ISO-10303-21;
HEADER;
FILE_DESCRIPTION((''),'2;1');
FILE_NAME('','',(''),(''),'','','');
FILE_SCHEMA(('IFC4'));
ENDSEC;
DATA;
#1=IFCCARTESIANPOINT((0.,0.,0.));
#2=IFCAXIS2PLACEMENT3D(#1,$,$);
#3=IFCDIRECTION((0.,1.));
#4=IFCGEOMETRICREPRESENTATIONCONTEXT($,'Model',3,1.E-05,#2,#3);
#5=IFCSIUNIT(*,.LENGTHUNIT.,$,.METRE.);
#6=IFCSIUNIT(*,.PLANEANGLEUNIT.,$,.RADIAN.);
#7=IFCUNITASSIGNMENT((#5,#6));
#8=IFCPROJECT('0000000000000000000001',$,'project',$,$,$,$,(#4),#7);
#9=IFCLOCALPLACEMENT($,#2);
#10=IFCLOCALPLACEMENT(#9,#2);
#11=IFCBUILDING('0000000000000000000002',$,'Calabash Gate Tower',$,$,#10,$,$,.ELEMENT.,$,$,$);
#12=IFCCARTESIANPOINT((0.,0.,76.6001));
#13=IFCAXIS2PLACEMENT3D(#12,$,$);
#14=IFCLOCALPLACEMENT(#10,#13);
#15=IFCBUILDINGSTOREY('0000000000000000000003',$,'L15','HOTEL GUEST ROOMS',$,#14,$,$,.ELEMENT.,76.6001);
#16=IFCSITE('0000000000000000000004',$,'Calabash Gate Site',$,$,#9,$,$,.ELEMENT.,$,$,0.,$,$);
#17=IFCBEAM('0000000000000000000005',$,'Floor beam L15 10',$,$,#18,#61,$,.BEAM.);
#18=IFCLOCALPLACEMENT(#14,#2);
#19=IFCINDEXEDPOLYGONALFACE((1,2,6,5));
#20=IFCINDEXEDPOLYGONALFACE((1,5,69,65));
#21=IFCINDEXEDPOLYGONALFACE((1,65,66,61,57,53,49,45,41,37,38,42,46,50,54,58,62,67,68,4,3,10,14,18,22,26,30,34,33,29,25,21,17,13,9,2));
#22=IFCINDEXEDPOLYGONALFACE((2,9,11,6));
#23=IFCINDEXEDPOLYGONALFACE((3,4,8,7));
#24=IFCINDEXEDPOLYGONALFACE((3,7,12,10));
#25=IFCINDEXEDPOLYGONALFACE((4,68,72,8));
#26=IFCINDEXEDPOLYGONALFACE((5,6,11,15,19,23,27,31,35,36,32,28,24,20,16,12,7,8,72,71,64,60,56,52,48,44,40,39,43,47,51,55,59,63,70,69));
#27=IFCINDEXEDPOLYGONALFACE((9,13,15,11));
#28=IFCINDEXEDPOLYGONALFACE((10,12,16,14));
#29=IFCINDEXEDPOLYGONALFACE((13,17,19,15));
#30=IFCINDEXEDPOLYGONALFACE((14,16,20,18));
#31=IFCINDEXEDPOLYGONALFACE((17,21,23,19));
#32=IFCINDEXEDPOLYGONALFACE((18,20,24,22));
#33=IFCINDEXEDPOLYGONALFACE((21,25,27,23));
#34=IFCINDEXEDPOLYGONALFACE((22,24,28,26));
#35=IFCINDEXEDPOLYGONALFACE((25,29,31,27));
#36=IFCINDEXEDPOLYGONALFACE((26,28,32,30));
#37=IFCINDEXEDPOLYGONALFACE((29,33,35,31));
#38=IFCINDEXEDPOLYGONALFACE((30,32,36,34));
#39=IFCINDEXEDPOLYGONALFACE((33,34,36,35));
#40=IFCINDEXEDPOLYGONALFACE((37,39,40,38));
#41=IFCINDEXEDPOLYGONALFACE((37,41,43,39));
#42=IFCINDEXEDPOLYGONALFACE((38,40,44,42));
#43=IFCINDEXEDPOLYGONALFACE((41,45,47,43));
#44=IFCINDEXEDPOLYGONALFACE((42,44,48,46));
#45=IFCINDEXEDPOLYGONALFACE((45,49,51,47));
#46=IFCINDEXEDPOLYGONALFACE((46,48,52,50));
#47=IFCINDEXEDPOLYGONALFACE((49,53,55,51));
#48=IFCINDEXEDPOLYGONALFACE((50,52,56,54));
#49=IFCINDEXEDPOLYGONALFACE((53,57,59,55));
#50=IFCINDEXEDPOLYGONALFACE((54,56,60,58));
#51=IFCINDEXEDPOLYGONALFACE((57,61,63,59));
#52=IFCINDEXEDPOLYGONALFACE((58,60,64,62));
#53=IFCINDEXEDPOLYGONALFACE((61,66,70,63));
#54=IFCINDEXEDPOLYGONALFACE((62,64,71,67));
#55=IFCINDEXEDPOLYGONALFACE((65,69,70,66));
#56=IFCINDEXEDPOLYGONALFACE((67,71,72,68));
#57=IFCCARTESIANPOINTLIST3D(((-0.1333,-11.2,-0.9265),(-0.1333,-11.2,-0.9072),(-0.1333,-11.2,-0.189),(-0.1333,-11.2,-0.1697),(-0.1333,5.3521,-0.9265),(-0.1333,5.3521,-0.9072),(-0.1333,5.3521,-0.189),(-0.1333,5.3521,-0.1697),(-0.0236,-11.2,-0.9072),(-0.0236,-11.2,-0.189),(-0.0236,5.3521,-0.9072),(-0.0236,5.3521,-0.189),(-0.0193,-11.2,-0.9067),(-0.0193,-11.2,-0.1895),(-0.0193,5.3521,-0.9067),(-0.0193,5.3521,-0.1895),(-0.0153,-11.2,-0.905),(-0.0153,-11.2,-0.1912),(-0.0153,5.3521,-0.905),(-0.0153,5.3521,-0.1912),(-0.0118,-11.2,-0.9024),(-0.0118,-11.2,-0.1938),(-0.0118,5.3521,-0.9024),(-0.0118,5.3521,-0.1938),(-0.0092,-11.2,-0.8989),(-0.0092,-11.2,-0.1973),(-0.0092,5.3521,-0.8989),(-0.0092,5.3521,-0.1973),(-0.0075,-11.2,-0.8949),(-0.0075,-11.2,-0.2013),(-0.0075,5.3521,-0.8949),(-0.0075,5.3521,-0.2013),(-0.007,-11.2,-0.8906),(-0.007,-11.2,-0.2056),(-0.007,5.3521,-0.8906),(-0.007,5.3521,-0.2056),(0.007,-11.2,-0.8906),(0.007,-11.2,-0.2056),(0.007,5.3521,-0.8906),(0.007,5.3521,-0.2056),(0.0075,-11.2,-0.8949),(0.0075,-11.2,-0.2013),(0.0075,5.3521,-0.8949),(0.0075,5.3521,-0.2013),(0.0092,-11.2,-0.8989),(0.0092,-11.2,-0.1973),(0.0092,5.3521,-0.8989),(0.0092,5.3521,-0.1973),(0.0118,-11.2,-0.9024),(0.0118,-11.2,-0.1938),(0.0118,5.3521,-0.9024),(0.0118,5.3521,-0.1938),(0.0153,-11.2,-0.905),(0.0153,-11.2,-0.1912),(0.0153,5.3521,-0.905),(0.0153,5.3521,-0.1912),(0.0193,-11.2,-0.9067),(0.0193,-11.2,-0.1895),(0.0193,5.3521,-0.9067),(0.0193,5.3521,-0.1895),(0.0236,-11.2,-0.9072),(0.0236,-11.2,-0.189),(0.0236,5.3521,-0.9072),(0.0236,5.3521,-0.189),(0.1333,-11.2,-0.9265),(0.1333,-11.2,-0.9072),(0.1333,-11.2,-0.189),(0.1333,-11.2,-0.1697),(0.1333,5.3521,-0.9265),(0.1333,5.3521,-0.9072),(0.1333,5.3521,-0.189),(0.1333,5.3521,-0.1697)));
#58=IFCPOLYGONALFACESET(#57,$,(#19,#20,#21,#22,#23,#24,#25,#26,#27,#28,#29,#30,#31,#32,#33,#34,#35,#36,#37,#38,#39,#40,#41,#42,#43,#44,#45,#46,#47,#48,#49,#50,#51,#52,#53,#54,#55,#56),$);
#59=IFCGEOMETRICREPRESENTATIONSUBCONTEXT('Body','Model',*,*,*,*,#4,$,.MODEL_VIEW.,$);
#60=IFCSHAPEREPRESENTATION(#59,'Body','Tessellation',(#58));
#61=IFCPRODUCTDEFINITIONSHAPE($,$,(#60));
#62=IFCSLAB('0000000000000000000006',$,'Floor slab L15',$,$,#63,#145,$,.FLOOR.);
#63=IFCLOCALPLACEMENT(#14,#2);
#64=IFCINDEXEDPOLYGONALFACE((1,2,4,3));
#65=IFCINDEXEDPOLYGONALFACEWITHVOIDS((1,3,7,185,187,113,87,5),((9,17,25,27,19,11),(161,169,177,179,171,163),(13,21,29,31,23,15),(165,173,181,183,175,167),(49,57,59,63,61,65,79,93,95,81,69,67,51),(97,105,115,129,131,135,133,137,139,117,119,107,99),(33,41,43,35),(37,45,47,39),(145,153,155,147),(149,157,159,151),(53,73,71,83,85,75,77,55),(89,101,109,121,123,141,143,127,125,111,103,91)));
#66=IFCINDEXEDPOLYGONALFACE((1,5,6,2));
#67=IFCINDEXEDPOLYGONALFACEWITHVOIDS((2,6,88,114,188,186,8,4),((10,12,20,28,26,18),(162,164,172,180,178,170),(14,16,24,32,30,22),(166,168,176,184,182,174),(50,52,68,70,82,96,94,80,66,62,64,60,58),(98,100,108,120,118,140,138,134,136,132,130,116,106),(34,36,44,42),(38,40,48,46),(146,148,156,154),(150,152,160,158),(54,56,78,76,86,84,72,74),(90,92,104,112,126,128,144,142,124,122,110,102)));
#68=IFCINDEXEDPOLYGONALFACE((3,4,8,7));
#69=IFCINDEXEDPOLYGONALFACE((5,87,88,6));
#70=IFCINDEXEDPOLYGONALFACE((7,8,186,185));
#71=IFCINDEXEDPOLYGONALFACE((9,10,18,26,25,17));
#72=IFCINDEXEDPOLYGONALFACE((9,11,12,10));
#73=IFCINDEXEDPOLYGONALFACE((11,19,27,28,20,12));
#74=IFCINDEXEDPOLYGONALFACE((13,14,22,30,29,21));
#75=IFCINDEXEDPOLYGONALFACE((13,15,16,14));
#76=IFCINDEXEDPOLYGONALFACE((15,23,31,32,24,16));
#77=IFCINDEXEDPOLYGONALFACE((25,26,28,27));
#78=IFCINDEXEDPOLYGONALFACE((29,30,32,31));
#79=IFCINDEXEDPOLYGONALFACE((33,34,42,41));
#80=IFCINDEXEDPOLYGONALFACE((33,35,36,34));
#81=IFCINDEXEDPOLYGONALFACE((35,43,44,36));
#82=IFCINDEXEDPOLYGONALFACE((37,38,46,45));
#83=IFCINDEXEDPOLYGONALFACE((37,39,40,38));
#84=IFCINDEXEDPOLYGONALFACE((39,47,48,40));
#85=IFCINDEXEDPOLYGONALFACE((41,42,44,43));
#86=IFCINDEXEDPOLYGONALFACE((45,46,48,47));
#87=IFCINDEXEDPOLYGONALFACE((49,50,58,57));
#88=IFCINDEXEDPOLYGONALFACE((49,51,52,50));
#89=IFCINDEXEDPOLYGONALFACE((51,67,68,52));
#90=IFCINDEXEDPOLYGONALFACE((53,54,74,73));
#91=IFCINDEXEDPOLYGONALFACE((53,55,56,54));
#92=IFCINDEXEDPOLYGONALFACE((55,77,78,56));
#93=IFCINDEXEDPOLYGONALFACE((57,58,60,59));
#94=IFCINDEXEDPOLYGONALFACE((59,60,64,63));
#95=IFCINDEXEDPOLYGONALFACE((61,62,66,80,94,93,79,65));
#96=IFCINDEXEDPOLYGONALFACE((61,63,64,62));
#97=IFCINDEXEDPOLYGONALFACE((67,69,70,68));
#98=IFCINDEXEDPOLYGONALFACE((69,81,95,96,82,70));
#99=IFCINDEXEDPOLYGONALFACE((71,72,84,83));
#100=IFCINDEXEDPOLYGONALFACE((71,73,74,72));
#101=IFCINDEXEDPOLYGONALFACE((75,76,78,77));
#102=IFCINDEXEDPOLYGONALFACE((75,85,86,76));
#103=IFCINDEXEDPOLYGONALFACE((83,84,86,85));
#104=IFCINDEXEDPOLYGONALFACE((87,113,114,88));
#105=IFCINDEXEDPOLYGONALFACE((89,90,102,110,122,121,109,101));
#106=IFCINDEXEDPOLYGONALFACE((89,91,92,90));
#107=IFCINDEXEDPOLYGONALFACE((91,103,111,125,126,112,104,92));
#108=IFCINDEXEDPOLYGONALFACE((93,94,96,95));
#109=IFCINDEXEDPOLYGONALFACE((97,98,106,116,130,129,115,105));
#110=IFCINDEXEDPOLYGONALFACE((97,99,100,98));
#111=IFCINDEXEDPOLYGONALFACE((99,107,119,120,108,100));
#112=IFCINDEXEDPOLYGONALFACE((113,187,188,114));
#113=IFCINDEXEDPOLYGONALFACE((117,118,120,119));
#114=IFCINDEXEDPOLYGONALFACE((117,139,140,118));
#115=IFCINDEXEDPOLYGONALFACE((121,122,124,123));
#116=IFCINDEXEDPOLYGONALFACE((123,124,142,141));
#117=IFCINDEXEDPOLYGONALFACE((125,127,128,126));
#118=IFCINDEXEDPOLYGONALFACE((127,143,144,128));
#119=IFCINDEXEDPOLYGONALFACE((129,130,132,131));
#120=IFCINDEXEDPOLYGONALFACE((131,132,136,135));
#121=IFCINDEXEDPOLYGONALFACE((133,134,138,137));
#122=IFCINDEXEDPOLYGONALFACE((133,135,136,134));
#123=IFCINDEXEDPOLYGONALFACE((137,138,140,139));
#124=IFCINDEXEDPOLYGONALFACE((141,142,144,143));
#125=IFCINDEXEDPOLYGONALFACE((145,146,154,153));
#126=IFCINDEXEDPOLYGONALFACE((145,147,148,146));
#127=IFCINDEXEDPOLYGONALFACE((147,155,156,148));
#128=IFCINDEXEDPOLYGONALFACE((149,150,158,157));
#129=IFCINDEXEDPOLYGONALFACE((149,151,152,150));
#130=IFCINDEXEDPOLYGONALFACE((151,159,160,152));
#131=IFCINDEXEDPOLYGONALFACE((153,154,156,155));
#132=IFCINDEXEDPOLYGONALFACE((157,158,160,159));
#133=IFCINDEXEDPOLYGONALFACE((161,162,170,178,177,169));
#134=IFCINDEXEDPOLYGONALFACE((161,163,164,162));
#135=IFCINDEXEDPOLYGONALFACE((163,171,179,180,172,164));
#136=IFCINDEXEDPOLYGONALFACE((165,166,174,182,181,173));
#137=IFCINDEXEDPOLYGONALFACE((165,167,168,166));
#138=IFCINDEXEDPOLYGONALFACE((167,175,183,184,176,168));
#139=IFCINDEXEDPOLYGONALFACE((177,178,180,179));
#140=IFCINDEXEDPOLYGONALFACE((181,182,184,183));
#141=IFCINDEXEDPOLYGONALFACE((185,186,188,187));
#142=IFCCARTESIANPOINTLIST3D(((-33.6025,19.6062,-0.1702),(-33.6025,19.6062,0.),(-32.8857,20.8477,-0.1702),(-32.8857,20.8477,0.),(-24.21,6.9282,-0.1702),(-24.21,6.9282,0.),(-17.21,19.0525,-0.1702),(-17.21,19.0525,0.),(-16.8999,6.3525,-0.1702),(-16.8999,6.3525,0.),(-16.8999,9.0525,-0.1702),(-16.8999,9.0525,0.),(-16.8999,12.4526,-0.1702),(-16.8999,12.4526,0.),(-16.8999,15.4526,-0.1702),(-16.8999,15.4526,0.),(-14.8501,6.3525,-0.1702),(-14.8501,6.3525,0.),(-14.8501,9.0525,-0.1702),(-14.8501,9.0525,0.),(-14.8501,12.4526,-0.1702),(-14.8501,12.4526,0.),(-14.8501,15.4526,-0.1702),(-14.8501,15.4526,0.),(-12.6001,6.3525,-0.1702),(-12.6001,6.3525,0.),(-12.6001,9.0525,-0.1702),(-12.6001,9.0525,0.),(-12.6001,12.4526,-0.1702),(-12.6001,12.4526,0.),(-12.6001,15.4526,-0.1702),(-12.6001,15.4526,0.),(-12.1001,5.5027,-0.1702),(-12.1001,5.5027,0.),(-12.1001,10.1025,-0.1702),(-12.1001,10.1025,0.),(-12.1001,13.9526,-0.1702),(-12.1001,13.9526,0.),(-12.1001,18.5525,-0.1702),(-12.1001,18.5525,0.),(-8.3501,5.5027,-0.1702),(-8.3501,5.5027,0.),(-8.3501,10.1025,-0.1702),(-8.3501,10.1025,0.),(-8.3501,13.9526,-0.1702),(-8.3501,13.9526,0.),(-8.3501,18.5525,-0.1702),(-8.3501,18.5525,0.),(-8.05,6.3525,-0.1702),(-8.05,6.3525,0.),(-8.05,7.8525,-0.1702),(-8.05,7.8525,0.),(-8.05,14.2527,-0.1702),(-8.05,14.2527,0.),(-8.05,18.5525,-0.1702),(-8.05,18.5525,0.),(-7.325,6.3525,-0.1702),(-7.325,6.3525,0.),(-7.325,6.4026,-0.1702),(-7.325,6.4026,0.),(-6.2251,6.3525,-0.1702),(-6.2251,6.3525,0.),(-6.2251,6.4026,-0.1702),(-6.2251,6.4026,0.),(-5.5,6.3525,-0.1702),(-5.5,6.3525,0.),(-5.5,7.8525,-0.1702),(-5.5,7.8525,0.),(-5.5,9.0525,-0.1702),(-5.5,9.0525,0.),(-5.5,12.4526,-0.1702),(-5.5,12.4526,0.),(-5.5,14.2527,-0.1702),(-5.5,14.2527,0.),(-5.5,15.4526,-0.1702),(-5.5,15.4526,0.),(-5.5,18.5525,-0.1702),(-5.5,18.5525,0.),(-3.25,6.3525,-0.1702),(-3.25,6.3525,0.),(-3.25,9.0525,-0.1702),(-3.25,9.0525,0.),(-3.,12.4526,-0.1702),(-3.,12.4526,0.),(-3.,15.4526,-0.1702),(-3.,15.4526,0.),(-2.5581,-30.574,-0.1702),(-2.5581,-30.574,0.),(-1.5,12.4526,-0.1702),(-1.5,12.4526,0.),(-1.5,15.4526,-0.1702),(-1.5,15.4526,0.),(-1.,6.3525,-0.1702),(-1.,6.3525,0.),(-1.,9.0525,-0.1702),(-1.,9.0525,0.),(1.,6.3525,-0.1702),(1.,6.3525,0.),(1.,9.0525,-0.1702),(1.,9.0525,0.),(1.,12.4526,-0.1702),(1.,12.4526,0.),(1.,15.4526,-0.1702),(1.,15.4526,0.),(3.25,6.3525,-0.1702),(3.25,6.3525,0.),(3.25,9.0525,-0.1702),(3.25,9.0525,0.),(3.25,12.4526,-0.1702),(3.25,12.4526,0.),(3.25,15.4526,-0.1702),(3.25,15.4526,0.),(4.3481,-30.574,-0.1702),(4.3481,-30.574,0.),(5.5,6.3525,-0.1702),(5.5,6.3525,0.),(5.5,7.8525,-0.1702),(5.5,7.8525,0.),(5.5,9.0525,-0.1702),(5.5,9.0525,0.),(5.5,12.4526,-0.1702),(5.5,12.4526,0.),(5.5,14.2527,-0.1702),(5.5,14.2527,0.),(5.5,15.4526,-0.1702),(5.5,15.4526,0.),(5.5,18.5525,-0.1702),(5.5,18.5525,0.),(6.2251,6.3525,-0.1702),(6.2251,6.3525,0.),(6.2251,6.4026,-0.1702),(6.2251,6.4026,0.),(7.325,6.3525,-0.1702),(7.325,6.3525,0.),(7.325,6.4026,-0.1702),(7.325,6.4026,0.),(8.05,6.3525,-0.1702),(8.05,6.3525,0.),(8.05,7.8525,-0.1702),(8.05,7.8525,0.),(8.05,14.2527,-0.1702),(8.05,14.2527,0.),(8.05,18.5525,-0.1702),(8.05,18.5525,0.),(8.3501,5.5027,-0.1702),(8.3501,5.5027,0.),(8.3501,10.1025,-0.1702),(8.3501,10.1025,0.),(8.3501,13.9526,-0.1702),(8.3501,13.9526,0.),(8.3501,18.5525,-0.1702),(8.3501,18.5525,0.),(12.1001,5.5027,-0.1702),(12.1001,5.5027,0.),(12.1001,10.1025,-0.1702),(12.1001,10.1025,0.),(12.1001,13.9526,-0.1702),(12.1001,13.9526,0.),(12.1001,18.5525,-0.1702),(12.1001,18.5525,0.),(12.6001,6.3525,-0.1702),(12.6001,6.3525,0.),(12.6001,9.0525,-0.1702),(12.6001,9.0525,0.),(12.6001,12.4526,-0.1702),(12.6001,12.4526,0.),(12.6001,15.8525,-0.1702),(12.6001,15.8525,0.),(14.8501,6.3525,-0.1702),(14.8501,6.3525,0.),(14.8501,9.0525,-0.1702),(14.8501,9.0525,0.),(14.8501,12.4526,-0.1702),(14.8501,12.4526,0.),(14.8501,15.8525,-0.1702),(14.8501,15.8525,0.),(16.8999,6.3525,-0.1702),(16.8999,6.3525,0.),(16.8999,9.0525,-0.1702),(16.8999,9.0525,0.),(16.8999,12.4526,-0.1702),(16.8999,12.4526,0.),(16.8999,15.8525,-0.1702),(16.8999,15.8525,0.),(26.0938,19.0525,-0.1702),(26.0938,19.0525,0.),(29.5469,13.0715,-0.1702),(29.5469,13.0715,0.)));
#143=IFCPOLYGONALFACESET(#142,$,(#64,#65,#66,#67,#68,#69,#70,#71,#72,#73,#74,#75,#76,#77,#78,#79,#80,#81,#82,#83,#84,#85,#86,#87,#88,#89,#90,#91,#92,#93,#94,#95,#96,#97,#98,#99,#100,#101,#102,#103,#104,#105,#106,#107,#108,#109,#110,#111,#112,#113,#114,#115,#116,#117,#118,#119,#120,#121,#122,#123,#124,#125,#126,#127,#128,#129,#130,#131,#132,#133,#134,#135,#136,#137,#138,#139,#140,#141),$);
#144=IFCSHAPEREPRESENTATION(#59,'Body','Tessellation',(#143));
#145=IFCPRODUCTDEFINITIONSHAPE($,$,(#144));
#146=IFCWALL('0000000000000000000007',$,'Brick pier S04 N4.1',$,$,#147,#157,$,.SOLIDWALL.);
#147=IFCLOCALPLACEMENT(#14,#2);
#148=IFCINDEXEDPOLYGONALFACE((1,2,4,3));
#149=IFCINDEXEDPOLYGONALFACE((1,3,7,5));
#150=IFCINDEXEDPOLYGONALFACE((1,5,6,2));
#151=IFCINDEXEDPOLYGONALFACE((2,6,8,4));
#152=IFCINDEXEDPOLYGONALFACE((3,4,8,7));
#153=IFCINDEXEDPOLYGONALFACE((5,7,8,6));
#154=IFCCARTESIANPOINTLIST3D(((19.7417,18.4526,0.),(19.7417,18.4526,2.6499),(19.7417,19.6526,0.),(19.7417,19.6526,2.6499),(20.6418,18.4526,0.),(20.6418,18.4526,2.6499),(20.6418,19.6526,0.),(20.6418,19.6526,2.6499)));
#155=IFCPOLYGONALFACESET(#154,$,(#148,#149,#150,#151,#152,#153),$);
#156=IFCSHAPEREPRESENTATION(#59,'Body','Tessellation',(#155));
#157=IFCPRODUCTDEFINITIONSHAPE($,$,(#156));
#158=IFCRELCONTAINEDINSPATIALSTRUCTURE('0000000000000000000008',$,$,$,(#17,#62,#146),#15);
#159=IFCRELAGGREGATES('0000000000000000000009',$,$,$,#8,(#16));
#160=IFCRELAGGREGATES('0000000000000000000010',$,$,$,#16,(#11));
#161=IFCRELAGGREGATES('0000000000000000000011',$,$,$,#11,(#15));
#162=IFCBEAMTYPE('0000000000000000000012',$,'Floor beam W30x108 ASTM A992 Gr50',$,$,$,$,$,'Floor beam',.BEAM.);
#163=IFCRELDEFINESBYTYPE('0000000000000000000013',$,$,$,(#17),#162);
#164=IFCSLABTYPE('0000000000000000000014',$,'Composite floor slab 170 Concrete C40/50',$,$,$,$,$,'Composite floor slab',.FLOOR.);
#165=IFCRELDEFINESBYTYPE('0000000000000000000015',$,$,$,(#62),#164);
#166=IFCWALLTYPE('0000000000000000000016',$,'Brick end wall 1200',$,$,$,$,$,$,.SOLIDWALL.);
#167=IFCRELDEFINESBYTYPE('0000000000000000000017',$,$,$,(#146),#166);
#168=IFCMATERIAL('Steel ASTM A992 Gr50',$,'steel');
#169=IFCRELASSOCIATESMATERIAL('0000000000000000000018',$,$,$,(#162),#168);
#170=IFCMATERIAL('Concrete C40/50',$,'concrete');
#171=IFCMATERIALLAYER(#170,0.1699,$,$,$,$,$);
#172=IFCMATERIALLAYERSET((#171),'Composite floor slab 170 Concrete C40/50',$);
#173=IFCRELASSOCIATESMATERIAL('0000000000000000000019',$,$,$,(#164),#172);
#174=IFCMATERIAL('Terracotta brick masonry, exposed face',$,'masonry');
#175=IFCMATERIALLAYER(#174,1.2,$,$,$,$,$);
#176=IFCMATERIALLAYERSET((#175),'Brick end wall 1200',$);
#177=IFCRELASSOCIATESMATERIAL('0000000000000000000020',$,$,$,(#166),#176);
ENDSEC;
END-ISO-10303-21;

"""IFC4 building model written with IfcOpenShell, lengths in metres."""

from ifc_helpers import new_model, si_unit, direction, frame, origin, origin_2d, place, context, subcontext, project, spatial, polyline, i_section, outline, extrude, material, layer, layer_set, material_profile, profile_set, type_object, element, save


model = new_model("IFC4")

# Units and contexts
model_context = context("Model", 3, precision=1e-05, world=origin(), true_north=direction((0.0, 1.0)))
body_context = subcontext(model_context, "Body", "Model", "MODEL_VIEW")
ifc_project = project(units=[si_unit("LENGTHUNIT", "METRE"), si_unit("PLANEANGLEUNIT", "RADIAN")], contexts=[model_context])

# Site, building, storey
site_placement = place(None, origin())
site = spatial("IfcSite", under=ifc_project, at=site_placement, Name="Calabash Gate Site", CompositionType="ELEMENT", RefElevation=0.0)
building_placement = place(site_placement, origin())
building = spatial("IfcBuilding", under=site, at=building_placement, Name="Calabash Gate Tower", CompositionType="ELEMENT")
storey_placement = place(building_placement, frame((0.0, 0.0, 76.6001)))
storey = spatial("IfcBuildingStorey", under=building, at=storey_placement, Name="L15", Description="HOTEL GUEST ROOMS", CompositionType="ELEMENT", Elevation=76.6001)

# Beam
ifc_material_1 = material(Name="Steel ASTM A992 Gr50", Category="steel")
ifc_material_profile = material_profile(ifc_material_1, i_section(OverallWidth=0.2666, OverallDepth=0.7568, WebThickness=0.0139, FlangeThickness=0.0193, FilletRadius=0.0166, at=origin_2d()))
ifc_profile_set = profile_set([ifc_material_profile], Name="Steel ASTM A992 Gr50")
beam_type = type_object("IfcBeamType", Name="Floor beam W30x108 ASTM A992 Gr50", ElementType="Floor beam", PredefinedType="BEAM", material=ifc_profile_set)
beam_placement = place(storey_placement, frame((0.0, -11.2, -0.5481), z_axis=(0.0, 1.0, 0.0), x_axis=(-1.0, 0.0, 0.0)))
element("IfcBeam", 1, at=beam_placement, inside=storey, type_object=beam_type, Name="Floor beam L15 10", PredefinedType="BEAM", context=body_context, shape_type="SweptSolid", body=[
    extrude(i_section(OverallWidth=0.2666, OverallDepth=0.7568, WebThickness=0.0139, FlangeThickness=0.0193, FilletRadius=0.0166, at=origin_2d()), origin(), (0.0, 0.0, 1.0), 16.552),
])

# Slab
ifc_material_2 = material(Name="Concrete C40/50", Category="concrete")
ifc_layer_1 = layer(ifc_material_2, 0.1699)
ifc_layer_set_1 = layer_set([ifc_layer_1], Name="Composite floor slab 170 Concrete C40/50")
slab_type = type_object("IfcSlabType", Name="Composite floor slab 170 Concrete C40/50", ElementType="Composite floor slab", PredefinedType="FLOOR", material=ifc_layer_set_1)
slab_placement = place(storey_placement, frame((0.0, 0.0, -0.1702)))
element("IfcSlab", 2, at=slab_placement, inside=storey, type_object=slab_type, Name="Floor slab L15", PredefinedType="FLOOR", context=body_context, shape_type="SweptSolid", body=[
    extrude(outline(polyline([(-24.21, 6.9282), (-33.6025, 19.6062), (-32.8857, 20.8477), (-17.21, 19.0525), (26.0938, 19.0525), (29.5469, 13.0715), (4.3481, -30.574), (-2.5581, -30.574), (-24.21, 6.9282)]), holes=[polyline([(-5.5, 9.0525), (-5.5, 7.8525), (-8.05, 7.8525), (-8.05, 6.3525), (-7.325, 6.3525), (-7.325, 6.4026), (-6.2251, 6.4026), (-6.2251, 6.3525), (-5.5, 6.3525), (-3.25, 6.3525), (-1.0, 6.3525), (-1.0, 9.0525), (-3.25, 9.0525), (-5.5, 9.0525)]), polyline([(5.5, 9.0525), (3.25, 9.0525), (1.0, 9.0525), (1.0, 6.3525), (3.25, 6.3525), (5.5, 6.3525), (6.2251, 6.3525), (6.2251, 6.4026), (7.325, 6.4026), (7.325, 6.3525), (8.05, 6.3525), (8.05, 7.8525), (5.5, 7.8525), (5.5, 9.0525)]), polyline([(-5.5, 14.2527), (-5.5, 12.4526), (-3.0, 12.4526), (-3.0, 15.4526), (-5.5, 15.4526), (-5.5, 18.5525), (-8.05, 18.5525), (-8.05, 14.2527), (-5.5, 14.2527)]), polyline([(8.05, 18.5525), (5.5, 18.5525), (5.5, 15.4526), (3.25, 15.4526), (1.0, 15.4526), (-1.5, 15.4526), (-1.5, 12.4526), (1.0, 12.4526), (3.25, 12.4526), (5.5, 12.4526), (5.5, 14.2527), (8.05, 14.2527), (8.05, 18.5525)]), polyline([(-12.6001, 6.3525), (-12.6001, 9.0525), (-14.8501, 9.0525), (-16.8999, 9.0525), (-16.8999, 6.3525), (-14.8501, 6.3525), (-12.6001, 6.3525)]), polyline([(-14.8501, 12.4526), (-12.6001, 12.4526), (-12.6001, 15.4526), (-14.8501, 15.4526), (-16.8999, 15.4526), (-16.8999, 12.4526), (-14.8501, 12.4526)]), polyline([(14.8501, 6.3525), (16.8999, 6.3525), (16.8999, 9.0525), (14.8501, 9.0525), (12.6001, 9.0525), (12.6001, 6.3525), (14.8501, 6.3525)]), polyline([(14.8501, 12.4526), (16.8999, 12.4526), (16.8999, 15.8525), (14.8501, 15.8525), (12.6001, 15.8525), (12.6001, 12.4526), (14.8501, 12.4526)]), polyline([(-8.3501, 18.5525), (-12.1001, 18.5525), (-12.1001, 13.9526), (-8.3501, 13.9526), (-8.3501, 18.5525)]), polyline([(-12.1001, 10.1025), (-12.1001, 5.5027), (-8.3501, 5.5027), (-8.3501, 10.1025), (-12.1001, 10.1025)]), polyline([(8.3501, 13.9526), (12.1001, 13.9526), (12.1001, 18.5525), (8.3501, 18.5525), (8.3501, 13.9526)]), polyline([(12.1001, 5.5027), (12.1001, 10.1025), (8.3501, 10.1025), (8.3501, 5.5027), (12.1001, 5.5027)])]), origin(), (0.0, 0.0, 1.0), 0.1702),
])

# Wall
ifc_material_3 = material(Name="Terracotta brick masonry, exposed face", Category="masonry")
ifc_layer_2 = layer(ifc_material_3, 1.2)
ifc_layer_set_2 = layer_set([ifc_layer_2], Name="Brick end wall 1200")
wall_type_1 = type_object("IfcWallType", Name="Brick end wall 1200", PredefinedType="SOLIDWALL", material=ifc_layer_set_2)
wall_1_placement = place(storey_placement, origin())
element("IfcWall", 3, at=wall_1_placement, inside=storey, type_object=wall_type_1, Name="Brick pier S04 N4.1", PredefinedType="SOLIDWALL", context=body_context, shape_type="SweptSolid", body=[
    extrude(outline(polyline([(20.6418, 19.6526), (19.7417, 19.6526), (19.7417, 18.4526), (20.6418, 18.4526), (20.6418, 19.6526)])), origin(), (0.0, 0.0, 1.0), 2.6499),
])

save(model, "model.ifc")
